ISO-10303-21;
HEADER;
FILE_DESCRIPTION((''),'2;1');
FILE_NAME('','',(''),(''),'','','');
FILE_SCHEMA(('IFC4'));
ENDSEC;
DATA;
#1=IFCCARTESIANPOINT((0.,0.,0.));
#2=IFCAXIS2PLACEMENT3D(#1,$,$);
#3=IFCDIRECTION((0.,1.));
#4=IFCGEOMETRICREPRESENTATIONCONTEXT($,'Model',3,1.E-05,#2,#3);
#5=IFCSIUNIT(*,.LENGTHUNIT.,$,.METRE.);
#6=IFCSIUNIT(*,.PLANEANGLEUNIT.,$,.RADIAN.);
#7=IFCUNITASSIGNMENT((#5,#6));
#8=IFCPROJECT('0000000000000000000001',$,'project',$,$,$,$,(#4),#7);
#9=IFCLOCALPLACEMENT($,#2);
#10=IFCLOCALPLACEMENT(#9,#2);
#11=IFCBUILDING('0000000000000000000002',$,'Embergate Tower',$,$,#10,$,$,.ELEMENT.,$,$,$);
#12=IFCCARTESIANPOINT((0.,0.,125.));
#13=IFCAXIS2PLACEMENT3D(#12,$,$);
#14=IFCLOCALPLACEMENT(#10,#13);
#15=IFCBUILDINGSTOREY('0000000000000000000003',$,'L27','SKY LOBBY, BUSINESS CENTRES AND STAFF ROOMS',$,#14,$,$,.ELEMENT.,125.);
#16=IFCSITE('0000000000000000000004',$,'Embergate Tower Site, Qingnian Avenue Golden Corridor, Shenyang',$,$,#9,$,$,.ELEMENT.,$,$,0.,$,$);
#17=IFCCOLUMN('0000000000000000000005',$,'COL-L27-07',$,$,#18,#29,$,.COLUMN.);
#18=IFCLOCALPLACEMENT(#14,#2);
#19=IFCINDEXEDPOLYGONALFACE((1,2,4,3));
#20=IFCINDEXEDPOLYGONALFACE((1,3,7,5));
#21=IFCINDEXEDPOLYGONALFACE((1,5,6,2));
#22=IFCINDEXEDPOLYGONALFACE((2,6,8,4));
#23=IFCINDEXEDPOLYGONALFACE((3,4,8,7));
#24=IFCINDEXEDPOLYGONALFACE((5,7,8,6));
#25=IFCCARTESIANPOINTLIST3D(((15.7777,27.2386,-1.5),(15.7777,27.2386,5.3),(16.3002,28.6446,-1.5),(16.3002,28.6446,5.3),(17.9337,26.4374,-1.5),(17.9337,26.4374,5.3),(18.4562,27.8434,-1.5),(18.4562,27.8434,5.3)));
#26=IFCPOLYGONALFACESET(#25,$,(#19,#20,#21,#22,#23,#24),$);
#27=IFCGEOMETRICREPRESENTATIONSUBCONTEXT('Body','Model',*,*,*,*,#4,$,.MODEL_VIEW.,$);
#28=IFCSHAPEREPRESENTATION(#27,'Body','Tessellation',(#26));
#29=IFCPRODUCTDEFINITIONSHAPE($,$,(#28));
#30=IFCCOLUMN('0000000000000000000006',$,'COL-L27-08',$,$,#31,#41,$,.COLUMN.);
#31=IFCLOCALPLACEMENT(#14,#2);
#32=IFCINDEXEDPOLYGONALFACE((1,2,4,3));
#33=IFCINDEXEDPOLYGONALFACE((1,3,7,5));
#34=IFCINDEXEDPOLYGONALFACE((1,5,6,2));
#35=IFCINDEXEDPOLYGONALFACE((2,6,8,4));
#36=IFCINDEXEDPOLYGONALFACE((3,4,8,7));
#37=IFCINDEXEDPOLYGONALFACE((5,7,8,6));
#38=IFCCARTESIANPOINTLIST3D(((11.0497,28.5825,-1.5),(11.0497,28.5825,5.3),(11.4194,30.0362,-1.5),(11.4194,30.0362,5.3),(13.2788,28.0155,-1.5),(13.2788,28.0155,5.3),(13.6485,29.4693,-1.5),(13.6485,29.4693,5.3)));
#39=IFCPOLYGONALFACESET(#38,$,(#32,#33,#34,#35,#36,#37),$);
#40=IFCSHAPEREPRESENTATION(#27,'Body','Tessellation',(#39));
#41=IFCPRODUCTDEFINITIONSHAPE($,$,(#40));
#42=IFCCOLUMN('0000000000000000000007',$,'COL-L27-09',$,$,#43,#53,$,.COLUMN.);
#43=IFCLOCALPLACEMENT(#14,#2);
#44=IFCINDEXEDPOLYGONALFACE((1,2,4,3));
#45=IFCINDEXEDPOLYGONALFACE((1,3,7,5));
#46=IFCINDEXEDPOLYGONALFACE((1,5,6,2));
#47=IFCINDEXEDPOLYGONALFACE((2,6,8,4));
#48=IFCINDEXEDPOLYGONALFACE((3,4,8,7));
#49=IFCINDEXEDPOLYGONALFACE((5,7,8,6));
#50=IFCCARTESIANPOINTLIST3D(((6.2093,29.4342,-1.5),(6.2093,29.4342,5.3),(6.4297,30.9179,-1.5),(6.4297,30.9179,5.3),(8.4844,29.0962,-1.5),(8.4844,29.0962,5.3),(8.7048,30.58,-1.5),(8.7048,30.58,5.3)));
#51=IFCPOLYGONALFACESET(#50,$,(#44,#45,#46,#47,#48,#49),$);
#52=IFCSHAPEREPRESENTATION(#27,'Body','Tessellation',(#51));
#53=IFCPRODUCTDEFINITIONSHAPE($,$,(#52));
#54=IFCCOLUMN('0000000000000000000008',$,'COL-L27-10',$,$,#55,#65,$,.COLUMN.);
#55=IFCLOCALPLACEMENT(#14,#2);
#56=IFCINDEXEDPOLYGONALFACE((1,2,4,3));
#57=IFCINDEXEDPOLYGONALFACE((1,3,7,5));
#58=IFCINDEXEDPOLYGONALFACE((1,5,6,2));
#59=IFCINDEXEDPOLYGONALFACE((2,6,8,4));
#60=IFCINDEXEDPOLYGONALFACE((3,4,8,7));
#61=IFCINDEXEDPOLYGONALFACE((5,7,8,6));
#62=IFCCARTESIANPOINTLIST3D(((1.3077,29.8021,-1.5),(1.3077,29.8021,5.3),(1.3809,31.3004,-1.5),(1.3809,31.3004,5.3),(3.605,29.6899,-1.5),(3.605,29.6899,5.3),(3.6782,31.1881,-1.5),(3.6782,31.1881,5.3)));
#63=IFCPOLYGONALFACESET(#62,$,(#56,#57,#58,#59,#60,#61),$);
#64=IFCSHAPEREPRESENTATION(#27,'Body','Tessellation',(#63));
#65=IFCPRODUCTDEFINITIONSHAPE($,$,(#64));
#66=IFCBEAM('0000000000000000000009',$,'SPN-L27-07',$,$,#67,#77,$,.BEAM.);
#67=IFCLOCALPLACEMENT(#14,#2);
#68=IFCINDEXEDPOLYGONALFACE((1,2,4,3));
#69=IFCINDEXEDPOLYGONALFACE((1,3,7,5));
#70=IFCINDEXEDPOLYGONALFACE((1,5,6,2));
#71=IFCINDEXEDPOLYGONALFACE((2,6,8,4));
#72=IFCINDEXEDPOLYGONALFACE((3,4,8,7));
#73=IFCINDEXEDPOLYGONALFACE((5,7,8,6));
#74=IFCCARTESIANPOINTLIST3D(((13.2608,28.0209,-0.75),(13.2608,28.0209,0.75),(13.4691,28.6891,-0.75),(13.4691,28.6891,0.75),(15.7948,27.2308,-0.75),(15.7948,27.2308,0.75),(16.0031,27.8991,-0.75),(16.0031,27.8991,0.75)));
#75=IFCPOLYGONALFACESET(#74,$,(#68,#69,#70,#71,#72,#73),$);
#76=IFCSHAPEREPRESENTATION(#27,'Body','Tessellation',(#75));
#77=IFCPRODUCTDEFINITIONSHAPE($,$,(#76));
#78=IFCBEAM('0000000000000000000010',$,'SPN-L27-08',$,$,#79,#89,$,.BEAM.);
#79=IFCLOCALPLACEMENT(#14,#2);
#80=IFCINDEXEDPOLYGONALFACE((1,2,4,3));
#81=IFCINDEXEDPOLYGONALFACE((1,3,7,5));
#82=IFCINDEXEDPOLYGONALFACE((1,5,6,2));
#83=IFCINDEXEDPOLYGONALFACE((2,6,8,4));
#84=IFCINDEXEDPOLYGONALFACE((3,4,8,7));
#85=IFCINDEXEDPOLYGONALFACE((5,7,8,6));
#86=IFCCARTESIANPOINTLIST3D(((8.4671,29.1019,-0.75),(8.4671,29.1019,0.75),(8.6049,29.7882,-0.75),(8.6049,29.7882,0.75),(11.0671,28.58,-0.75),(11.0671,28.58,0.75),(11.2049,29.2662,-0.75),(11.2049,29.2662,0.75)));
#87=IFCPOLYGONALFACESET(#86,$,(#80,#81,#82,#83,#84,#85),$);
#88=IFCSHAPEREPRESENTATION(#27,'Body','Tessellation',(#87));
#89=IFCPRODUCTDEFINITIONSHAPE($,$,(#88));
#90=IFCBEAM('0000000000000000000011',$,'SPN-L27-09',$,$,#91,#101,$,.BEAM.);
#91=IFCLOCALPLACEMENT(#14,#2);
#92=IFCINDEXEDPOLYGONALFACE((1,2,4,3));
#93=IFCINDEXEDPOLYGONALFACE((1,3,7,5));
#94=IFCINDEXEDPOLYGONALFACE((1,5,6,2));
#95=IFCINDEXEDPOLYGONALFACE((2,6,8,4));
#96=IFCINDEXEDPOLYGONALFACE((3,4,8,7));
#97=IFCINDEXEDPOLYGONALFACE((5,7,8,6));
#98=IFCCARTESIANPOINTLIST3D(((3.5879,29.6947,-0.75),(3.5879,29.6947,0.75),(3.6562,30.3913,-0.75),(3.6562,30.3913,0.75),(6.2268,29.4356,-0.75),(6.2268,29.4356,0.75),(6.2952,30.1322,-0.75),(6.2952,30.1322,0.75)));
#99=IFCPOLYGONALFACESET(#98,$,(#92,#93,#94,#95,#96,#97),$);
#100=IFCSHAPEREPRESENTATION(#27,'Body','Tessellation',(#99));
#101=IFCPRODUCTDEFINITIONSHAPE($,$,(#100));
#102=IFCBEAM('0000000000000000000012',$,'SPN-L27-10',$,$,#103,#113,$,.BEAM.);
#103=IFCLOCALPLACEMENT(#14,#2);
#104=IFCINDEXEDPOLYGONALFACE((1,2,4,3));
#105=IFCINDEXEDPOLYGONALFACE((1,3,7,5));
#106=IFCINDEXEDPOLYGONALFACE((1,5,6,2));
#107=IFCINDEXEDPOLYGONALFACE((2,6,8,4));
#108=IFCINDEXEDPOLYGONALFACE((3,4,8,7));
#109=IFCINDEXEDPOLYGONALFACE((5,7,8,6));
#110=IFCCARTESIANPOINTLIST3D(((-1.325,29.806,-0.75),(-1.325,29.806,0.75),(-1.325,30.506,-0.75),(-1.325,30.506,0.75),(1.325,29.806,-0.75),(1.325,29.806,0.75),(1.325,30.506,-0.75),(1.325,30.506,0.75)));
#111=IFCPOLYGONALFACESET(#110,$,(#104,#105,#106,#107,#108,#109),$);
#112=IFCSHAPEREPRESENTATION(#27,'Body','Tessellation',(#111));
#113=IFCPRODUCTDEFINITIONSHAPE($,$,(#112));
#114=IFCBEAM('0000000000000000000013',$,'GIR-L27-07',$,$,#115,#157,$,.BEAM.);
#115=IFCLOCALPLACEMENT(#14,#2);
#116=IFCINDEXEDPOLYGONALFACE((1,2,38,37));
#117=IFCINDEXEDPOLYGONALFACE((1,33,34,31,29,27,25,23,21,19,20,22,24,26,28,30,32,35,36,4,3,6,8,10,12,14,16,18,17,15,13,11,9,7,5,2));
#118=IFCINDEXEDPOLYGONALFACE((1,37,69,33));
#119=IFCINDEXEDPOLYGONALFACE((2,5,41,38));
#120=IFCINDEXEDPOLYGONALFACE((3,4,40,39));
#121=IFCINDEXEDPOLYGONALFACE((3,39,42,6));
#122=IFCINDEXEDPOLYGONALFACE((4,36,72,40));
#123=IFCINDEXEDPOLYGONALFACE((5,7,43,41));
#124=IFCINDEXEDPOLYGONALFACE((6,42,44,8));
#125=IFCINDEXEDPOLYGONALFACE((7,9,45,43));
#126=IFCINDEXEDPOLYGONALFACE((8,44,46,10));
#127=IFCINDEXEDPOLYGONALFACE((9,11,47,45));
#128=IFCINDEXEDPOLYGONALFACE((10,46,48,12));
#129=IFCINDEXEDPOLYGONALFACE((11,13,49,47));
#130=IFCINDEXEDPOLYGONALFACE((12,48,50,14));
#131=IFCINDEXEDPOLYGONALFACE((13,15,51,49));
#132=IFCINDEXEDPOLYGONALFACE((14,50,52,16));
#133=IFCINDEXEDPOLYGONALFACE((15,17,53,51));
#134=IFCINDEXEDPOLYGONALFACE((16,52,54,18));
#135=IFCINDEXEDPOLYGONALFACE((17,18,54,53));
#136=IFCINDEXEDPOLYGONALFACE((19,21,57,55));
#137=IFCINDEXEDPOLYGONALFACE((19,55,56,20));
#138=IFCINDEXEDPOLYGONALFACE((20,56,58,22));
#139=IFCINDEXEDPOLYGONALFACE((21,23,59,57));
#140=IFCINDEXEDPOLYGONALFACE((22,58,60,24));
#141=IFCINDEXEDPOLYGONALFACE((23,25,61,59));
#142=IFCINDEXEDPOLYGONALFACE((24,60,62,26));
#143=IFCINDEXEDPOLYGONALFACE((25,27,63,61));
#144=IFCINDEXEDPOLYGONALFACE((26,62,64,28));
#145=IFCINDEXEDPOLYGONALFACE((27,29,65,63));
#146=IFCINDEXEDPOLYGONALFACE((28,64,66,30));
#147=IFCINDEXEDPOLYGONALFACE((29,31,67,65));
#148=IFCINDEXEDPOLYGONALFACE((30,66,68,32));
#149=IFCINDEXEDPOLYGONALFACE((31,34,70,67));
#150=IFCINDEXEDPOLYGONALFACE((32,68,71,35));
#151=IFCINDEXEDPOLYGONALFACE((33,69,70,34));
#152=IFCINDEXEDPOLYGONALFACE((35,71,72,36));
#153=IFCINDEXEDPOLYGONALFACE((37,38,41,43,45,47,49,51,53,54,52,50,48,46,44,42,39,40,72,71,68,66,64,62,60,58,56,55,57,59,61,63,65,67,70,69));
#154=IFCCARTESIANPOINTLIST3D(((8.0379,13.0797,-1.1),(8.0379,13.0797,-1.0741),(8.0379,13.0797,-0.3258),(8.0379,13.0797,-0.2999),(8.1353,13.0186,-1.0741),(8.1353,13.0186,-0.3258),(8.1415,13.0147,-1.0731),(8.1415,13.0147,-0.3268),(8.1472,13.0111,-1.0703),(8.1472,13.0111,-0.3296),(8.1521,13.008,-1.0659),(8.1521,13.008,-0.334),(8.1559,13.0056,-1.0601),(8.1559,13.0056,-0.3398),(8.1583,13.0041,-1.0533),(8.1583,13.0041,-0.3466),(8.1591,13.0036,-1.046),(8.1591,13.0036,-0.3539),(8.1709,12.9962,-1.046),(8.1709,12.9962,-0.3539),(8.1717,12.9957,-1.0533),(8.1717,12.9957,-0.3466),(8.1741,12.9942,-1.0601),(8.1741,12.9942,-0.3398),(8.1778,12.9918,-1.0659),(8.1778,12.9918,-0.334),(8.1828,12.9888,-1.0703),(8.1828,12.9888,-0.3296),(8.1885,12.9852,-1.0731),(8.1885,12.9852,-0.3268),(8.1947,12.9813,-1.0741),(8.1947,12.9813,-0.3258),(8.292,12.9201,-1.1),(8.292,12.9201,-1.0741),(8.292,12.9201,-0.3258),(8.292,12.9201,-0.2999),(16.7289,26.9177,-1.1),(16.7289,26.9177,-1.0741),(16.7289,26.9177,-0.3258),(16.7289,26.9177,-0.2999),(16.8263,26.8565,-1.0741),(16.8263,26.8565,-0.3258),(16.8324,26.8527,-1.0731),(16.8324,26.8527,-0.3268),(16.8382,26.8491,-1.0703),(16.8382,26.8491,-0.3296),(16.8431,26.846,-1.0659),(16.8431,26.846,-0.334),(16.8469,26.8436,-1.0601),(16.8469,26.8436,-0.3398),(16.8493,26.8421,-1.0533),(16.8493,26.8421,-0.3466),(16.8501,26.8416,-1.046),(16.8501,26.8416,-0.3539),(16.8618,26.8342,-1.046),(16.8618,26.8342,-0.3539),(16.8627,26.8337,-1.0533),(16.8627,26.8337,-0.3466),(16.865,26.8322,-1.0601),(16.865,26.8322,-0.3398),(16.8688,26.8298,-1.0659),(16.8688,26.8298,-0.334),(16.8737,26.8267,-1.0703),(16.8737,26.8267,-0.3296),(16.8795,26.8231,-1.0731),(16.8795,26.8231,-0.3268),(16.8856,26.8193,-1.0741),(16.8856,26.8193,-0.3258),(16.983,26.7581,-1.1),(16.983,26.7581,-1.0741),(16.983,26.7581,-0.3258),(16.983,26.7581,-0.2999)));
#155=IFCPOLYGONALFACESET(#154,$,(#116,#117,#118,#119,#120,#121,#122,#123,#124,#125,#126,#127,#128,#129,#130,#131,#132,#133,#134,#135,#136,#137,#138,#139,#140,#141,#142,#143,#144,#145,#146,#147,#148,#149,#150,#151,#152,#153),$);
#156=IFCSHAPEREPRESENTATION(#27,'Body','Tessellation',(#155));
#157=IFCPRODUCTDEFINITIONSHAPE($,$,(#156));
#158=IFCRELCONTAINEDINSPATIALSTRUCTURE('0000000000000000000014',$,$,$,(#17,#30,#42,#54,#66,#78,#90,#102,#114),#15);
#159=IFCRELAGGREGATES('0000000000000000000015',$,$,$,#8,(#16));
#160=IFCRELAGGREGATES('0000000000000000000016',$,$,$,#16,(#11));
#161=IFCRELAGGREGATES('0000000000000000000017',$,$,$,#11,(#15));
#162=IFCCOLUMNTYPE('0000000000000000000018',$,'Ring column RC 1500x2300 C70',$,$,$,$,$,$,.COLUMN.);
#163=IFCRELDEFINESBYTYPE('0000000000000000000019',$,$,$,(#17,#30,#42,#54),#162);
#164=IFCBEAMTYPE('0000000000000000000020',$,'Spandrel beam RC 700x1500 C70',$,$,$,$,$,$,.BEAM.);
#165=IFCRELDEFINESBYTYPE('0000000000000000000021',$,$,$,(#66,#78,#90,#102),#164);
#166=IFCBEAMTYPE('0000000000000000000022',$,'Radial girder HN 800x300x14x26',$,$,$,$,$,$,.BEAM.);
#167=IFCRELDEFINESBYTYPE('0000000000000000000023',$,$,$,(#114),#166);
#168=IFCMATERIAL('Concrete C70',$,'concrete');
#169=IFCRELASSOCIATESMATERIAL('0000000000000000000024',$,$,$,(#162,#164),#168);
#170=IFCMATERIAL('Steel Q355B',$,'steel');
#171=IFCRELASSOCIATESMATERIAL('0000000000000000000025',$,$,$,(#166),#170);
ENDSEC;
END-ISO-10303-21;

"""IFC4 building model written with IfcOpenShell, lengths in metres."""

from ifc_helpers import new_model, si_unit, direction, frame, origin, origin_2d, place, context, subcontext, project, spatial, rectangle, i_section, extrude, source, transform, mapped, material, material_profile, profile_set, type_object, element, save


model = new_model("IFC4")

# Units and contexts
model_context = context("Model", 3, precision=1e-05, world=origin(), true_north=direction((0.0, 1.0)))
body_context = subcontext(model_context, "Body", "Model", "MODEL_VIEW")
ifc_project = project(units=[si_unit("LENGTHUNIT", "METRE"), si_unit("PLANEANGLEUNIT", "RADIAN")], contexts=[model_context])

# Site, building, storey
site_placement = place(None, origin())
site = spatial("IfcSite", under=ifc_project, at=site_placement, Name="Embergate Tower Site, Qingnian Avenue Golden Corridor, Shenyang", CompositionType="ELEMENT", RefElevation=0.0)
building_placement = place(site_placement, origin())
building = spatial("IfcBuilding", under=site, at=building_placement, Name="Embergate Tower", CompositionType="ELEMENT")
storey_placement = place(building_placement, frame((0.0, 0.0, 125.0)))
storey = spatial("IfcBuildingStorey", under=building, at=storey_placement, Name="L27", Description="SKY LOBBY, BUSINESS CENTRES AND STAFF ROOMS", CompositionType="ELEMENT", Elevation=125.0)

# Columns
ifc_material_1 = material(Name="Concrete C70", Category="concrete")
ifc_material_profile_1 = material_profile(ifc_material_1, rectangle(XDim=1.5, YDim=2.3, at=origin_2d()), Name="RC 1500x2300")
ifc_profile_set_1 = profile_set([ifc_material_profile_1], Name="Concrete C70")
column_type = type_object("IfcColumnType", Name="Ring column RC 1500x2300 C70", PredefinedType="COLUMN", material=ifc_profile_set_1)
shared_shape_1 = source(origin(), body_context, "Body", "SweptSolid", [
    extrude(rectangle(XDim=1.5, YDim=2.3, at=origin_2d()), origin(), (0.0, 0.0, 1.0), 6.8),
])
for number, where, z_axis, x_axis, name in (
    (1, (17.1169, 27.541, -1.5), (0.0, 0.0, 1.0), (0.348343, 0.937367, 0.0), "COL-L27-07"),
    (2, (12.3491, 29.0259, -1.5), (0.0, 0.0, 1.0), (0.246492, 0.969145, 0.0), "COL-L27-08"),
    (3, (7.457, 30.0071, -1.5), (0.0, 0.0, 1.0), (0.146929, 0.989147, 0.0), "COL-L27-09"),
    (4, (2.4929, 30.4951, -1.5), (0.0, 0.0, 1.0), (0.048815, 0.998808, 0.0), "COL-L27-10"),
):
    element("IfcColumn", number, at=place(storey_placement, frame(where, z_axis=z_axis, x_axis=x_axis)), inside=storey, type_object=column_type, Name=name, PredefinedType="COLUMN", context=body_context, shape_type="MappedRepresentation", body=[
        mapped(shared_shape_1, transform((0.0, 0.0, 0.0))),
    ])

# Beams
ifc_material_profile_2 = material_profile(ifc_material_1, rectangle(XDim=0.7, YDim=1.5, at=origin_2d()), Name="RC 700x1500")
ifc_profile_set_2 = profile_set([ifc_material_profile_2], Name="Concrete C70")
beam_type_1 = type_object("IfcBeamType", Name="Spandrel beam RC 700x1500 C70", PredefinedType="BEAM", material=ifc_profile_set_2)
shared_shape_2 = source(origin(), body_context, "Body", "SweptSolid", [
    extrude(rectangle(XDim=0.7, YDim=1.5, at=origin_2d()), origin(), (0.0, 0.0, 1.0), 2.6543),
])
beam_1_placement = place(storey_placement, frame((15.8989, 27.5649, 0.0), z_axis=(-0.954675, 0.297652, 0.0), x_axis=(-0.297652, -0.954675, 0.0)))
element("IfcBeam", 5, at=beam_1_placement, inside=storey, type_object=beam_type_1, Name="SPN-L27-07", PredefinedType="BEAM", context=body_context, shape_type="MappedRepresentation", body=[
    mapped(shared_shape_2, transform((0.0, 0.0, 0.0))),
])
shared_shape_3 = source(origin(), body_context, "Body", "SweptSolid", [
    extrude(rectangle(XDim=0.7, YDim=1.5, at=origin_2d()), origin(), (0.0, 0.0, 1.0), 2.6519),
])
beam_2_placement = place(storey_placement, frame((11.136, 28.9231, 0.0), z_axis=(-0.980439, 0.196824, 0.0), x_axis=(-0.196824, -0.980439, 0.0)))
element("IfcBeam", 6, at=beam_2_placement, inside=storey, type_object=beam_type_1, Name="SPN-L27-08", PredefinedType="BEAM", context=body_context, shape_type="MappedRepresentation", body=[
    mapped(shared_shape_3, transform((0.0, 0.0, 0.0))),
])
shared_shape_4 = source(origin(), body_context, "Body", "SweptSolid", [
    extrude(rectangle(XDim=0.7, YDim=1.5, at=origin_2d()), origin(), (0.0, 0.0, 1.0), 2.6516),
])
beam_3_placement = place(storey_placement, frame((6.261, 29.7839, 0.0), z_axis=(-0.995217, 0.097689, 0.0), x_axis=(-0.097689, -0.995217, 0.0)))
element("IfcBeam", 7, at=beam_3_placement, inside=storey, type_object=beam_type_1, Name="SPN-L27-09", PredefinedType="BEAM", context=body_context, shape_type="MappedRepresentation", body=[
    mapped(shared_shape_4, transform((0.0, 0.0, 0.0))),
])
shared_shape_5 = source(origin(), body_context, "Body", "SweptSolid", [
    extrude(rectangle(XDim=0.7, YDim=1.5, at=origin_2d()), origin(), (0.0, 0.0, 1.0), 2.6499),
])
beam_4_placement = place(storey_placement, frame((1.325, 30.156, 0.0), z_axis=(-1.0, 0.0, 0.0), x_axis=(0.0, -1.0, 0.0)))
element("IfcBeam", 8, at=beam_4_placement, inside=storey, type_object=beam_type_1, Name="SPN-L27-10", PredefinedType="BEAM", context=body_context, shape_type="MappedRepresentation", body=[
    mapped(shared_shape_5, transform((0.0, 0.0, 0.0))),
])
ifc_material_2 = material(Name="Steel Q355B", Category="steel")
ifc_material_profile_3 = material_profile(ifc_material_2, i_section(OverallWidth=0.3, OverallDepth=0.8, WebThickness=0.0139, FlangeThickness=0.0259, FilletRadius=0.0281, at=origin_2d()), Name="HN 800x300x14x26")
ifc_profile_set_3 = profile_set([ifc_material_profile_3], Name="Steel Q355 grade B")
beam_type_2 = type_object("IfcBeamType", Name="Radial girder HN 800x300x14x26", PredefinedType="BEAM", material=ifc_profile_set_3)
shared_shape_6 = source(origin(), body_context, "Body", "SweptSolid", [
    extrude(i_section(OverallWidth=0.3, OverallDepth=0.8, WebThickness=0.0139, FlangeThickness=0.0259, FilletRadius=0.0281, at=origin_2d()), origin(), (0.0, 0.0, 1.0), 16.3408),
])
beam_5_placement = place(storey_placement, frame((16.856, 26.8379, -0.7), z_axis=(-0.531856, -0.846835, 0.0), x_axis=(0.846835, -0.531856, 0.0)))
element("IfcBeam", 9, at=beam_5_placement, inside=storey, type_object=beam_type_2, Name="GIR-L27-07", PredefinedType="BEAM", context=body_context, shape_type="MappedRepresentation", body=[
    mapped(shared_shape_6, transform((0.0, 0.0, 0.0))),
])

save(model, "model.ifc")
